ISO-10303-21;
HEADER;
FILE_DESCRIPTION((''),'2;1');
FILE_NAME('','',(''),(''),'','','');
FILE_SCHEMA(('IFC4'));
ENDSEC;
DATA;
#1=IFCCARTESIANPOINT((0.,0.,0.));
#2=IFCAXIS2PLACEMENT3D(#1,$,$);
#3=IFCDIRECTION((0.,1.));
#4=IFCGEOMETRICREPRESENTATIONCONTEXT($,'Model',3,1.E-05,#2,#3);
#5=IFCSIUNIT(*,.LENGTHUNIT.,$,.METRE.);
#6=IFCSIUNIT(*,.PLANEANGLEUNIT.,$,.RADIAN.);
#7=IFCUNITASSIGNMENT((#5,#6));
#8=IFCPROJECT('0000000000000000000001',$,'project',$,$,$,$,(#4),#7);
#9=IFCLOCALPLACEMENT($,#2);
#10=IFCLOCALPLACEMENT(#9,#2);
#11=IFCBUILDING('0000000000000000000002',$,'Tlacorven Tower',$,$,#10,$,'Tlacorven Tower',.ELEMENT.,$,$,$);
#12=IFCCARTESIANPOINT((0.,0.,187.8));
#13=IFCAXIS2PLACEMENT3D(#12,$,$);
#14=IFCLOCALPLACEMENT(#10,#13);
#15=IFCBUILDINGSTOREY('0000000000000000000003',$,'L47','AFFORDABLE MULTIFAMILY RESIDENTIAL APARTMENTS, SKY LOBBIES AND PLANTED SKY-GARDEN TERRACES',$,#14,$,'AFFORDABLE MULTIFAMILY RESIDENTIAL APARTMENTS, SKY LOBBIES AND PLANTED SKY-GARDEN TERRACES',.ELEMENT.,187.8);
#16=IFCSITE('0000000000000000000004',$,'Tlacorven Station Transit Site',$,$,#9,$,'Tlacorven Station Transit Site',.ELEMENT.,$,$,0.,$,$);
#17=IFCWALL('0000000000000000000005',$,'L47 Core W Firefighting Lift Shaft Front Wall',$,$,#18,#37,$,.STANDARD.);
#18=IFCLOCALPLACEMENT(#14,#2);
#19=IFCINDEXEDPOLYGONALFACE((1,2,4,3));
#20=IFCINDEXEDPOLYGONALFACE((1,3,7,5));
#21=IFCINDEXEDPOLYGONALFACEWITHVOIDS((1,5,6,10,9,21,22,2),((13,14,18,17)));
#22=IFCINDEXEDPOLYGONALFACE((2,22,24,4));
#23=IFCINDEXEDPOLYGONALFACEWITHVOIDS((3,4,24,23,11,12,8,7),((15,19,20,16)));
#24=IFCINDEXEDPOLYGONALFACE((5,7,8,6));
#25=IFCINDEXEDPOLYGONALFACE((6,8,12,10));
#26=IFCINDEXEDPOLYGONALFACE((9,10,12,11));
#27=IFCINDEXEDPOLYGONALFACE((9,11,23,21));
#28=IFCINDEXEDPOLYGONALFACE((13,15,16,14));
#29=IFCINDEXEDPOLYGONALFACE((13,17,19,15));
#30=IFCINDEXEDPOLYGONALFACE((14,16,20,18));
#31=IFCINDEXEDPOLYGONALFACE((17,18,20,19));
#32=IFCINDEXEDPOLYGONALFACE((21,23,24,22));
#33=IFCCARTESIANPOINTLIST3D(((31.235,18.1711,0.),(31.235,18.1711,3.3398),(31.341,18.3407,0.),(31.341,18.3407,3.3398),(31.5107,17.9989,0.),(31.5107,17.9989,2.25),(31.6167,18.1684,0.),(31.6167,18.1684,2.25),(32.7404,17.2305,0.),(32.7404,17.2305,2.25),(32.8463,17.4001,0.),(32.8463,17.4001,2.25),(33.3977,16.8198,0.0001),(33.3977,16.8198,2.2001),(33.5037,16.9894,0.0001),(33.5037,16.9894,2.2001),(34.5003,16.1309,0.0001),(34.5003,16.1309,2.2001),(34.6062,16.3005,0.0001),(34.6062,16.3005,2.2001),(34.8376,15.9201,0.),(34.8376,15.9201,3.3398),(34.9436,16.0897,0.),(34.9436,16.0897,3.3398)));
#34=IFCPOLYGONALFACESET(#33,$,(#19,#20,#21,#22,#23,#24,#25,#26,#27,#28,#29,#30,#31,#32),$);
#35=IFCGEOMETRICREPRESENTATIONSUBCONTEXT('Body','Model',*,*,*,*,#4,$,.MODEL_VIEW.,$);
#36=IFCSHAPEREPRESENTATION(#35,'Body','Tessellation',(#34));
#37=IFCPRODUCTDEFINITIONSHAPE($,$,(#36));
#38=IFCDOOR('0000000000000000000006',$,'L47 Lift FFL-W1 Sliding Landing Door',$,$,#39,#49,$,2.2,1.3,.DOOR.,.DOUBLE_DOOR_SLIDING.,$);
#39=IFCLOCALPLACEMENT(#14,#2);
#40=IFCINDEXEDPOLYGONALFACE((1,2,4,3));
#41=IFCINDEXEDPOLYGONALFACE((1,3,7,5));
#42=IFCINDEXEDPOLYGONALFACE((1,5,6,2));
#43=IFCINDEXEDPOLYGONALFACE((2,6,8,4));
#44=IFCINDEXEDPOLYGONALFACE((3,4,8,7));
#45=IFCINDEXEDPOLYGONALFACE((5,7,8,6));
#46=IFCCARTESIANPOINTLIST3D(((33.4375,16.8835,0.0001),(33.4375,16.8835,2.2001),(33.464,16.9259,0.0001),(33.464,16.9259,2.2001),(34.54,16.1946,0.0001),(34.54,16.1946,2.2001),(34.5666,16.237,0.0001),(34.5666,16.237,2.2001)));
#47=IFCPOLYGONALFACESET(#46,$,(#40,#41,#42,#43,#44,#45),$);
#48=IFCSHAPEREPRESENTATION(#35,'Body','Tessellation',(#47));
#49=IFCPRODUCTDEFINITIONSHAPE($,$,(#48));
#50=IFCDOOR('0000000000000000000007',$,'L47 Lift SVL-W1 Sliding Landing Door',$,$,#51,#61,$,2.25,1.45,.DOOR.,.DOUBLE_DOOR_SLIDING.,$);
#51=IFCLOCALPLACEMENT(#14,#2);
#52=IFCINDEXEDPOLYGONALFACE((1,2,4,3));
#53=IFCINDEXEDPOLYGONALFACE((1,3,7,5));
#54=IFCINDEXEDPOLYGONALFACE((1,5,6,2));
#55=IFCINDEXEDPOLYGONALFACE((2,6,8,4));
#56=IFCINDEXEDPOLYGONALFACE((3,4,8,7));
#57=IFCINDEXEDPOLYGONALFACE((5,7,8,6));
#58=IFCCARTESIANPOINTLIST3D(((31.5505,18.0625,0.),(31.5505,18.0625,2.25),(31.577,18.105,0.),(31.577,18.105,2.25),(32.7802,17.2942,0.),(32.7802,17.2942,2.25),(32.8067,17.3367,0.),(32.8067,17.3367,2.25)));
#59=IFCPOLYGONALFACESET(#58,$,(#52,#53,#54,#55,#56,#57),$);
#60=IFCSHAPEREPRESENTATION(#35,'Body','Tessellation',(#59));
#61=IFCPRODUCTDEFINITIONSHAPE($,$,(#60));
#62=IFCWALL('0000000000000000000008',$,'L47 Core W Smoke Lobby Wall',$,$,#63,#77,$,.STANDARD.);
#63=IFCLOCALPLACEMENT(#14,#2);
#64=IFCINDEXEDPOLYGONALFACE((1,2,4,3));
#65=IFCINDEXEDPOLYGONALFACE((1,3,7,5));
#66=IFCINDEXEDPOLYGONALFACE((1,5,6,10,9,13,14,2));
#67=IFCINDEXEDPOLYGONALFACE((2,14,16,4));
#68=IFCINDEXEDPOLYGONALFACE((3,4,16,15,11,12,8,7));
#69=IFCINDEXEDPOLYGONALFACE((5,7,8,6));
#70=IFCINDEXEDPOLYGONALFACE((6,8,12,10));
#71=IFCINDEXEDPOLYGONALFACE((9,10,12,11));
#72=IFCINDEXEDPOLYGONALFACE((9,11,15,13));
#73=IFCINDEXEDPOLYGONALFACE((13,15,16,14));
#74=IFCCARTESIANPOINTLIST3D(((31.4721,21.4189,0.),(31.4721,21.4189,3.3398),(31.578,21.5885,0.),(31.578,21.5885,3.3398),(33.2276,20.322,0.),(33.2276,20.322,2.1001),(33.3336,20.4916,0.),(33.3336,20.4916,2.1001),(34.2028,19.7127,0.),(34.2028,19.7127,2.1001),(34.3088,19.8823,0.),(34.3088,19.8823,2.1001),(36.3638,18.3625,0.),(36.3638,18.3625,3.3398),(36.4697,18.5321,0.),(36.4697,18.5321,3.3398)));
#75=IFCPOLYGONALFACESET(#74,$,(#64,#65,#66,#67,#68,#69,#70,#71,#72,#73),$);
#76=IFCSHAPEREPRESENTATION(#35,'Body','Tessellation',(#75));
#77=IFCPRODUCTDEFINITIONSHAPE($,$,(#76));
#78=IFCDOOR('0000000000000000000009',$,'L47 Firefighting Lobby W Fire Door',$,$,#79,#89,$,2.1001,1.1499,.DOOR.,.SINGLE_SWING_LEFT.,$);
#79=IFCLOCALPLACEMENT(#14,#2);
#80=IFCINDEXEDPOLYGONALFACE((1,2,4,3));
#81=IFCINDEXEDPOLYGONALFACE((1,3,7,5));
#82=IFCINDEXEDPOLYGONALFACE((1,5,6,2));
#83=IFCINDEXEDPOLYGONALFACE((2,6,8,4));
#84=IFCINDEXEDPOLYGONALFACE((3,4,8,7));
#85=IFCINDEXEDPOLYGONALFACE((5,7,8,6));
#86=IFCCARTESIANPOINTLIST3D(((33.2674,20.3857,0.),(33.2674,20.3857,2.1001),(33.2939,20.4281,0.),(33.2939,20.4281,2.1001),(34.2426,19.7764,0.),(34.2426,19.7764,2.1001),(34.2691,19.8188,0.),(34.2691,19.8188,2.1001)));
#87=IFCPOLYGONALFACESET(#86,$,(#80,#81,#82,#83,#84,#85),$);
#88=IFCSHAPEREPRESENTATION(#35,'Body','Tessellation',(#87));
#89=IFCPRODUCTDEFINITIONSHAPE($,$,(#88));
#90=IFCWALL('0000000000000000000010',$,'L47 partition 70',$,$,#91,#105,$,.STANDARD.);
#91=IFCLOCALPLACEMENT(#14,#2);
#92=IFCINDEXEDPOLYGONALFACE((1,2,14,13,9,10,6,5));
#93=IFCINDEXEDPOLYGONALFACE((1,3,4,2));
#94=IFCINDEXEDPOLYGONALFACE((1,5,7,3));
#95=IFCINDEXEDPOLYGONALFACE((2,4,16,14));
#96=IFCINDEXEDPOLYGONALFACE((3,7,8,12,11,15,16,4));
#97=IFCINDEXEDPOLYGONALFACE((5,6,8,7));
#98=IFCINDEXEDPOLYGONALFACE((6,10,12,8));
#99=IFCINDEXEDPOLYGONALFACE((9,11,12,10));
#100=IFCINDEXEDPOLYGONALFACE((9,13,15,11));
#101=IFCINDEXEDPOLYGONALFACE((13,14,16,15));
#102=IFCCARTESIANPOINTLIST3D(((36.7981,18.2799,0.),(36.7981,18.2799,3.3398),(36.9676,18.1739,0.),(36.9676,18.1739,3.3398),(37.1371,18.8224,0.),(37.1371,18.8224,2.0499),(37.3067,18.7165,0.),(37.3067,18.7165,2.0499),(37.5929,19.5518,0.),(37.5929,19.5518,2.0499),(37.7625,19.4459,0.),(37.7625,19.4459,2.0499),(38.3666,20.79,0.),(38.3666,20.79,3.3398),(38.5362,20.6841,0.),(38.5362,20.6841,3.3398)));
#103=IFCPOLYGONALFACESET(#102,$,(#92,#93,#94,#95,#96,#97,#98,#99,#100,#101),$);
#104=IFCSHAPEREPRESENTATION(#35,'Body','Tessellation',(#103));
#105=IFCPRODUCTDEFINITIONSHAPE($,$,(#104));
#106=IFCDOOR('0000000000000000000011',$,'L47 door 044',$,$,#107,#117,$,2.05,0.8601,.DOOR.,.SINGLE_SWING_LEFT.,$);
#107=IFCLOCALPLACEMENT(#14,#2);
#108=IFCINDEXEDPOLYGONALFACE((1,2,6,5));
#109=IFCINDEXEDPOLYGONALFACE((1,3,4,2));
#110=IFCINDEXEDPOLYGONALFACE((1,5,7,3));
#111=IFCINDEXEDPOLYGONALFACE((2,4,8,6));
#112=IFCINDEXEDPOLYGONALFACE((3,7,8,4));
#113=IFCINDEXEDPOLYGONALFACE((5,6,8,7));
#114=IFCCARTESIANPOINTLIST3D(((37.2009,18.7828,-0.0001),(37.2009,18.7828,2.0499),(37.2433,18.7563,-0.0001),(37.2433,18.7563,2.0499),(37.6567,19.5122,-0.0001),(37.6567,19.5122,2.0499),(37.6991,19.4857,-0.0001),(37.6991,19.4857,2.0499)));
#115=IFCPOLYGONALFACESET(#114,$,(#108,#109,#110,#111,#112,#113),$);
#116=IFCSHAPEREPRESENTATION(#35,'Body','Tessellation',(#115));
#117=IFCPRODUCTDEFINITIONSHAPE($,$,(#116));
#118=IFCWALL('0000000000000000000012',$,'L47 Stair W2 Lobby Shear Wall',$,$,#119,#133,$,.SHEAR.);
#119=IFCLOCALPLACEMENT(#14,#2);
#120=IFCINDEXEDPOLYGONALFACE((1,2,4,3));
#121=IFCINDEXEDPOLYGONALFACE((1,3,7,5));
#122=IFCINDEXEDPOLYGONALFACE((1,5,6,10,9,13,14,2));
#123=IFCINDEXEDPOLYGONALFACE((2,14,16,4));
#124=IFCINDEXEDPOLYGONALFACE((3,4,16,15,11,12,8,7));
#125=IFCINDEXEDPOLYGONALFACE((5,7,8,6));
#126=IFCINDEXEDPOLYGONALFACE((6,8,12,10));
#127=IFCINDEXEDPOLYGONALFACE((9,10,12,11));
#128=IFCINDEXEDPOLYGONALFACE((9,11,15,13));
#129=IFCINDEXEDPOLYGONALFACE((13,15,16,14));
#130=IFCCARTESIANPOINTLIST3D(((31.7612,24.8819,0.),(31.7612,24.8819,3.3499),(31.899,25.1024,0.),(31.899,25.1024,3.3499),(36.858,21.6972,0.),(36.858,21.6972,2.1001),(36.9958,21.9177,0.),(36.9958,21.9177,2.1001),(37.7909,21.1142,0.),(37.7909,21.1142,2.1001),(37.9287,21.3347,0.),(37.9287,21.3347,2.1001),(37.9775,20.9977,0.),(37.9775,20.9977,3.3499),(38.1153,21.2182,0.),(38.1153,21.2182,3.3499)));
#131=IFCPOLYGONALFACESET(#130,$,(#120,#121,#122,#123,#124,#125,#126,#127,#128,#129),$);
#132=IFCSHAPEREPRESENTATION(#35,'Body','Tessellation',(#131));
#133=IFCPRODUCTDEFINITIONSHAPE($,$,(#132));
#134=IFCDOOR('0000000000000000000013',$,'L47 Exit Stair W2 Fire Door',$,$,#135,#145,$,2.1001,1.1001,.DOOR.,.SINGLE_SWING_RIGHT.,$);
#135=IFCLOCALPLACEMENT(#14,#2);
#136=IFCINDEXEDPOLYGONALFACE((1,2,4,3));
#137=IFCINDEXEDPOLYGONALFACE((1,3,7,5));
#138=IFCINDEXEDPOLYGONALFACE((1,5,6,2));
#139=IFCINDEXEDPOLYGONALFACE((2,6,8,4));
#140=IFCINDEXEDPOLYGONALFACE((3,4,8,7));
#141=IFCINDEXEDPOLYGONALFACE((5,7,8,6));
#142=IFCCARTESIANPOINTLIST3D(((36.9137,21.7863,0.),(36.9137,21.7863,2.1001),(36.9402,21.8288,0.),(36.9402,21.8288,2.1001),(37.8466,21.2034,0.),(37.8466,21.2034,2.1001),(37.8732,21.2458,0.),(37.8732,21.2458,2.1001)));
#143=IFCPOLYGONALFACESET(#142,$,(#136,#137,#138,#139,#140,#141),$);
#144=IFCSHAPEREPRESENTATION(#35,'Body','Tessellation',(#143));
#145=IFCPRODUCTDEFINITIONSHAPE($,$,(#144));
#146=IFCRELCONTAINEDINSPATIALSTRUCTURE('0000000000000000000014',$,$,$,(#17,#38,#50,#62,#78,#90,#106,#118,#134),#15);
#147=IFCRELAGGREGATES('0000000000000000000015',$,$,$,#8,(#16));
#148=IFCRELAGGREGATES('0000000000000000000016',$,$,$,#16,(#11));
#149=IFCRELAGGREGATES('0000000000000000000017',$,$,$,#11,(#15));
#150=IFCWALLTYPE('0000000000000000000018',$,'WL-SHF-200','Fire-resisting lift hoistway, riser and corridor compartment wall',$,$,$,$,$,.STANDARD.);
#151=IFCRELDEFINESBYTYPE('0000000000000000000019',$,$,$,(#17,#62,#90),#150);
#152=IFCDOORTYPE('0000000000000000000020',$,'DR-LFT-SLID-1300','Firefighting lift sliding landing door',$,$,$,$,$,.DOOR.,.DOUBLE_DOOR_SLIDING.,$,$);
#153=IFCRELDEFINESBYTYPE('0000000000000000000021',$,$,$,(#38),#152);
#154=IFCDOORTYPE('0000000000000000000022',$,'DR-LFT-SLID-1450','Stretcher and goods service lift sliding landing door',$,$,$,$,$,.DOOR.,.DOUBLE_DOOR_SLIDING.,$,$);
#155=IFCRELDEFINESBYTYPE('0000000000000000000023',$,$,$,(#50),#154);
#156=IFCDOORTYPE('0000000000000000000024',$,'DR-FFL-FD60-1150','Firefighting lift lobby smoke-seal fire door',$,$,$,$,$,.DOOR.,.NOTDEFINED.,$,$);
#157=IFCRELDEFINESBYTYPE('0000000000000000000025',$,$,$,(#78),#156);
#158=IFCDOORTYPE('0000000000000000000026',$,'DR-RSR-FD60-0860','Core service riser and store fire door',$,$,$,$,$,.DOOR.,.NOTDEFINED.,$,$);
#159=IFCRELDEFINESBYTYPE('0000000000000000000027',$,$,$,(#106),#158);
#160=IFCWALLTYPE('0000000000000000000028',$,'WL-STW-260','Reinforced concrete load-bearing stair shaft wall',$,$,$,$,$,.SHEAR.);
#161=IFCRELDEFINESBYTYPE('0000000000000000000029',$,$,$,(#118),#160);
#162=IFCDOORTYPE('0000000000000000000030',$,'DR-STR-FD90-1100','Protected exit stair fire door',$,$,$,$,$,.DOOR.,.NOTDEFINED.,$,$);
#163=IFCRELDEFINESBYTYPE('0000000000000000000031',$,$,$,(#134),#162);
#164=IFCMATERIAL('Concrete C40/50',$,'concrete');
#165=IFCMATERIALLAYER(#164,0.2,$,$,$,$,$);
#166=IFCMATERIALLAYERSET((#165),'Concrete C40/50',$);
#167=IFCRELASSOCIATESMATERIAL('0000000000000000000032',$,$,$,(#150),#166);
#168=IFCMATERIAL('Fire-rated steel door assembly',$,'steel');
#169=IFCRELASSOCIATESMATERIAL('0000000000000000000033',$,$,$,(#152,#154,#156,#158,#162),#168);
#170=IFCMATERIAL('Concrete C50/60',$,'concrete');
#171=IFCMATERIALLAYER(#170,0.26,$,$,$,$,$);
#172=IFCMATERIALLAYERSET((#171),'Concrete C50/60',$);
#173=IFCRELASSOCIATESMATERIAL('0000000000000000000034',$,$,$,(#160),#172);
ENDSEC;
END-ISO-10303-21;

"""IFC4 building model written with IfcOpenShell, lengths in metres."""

from ifc_helpers import new_model, si_unit, direction, frame, frame_2d, origin, place, context, subcontext, project, spatial, rectangle, extrude, source, transform, mapped, material, layer, layer_set, type_object, element, fill, save


model = new_model("IFC4")

# Units and contexts
model_context = context("Model", 3, precision=1e-05, world=origin(), true_north=direction((0.0, 1.0)))
body_context = subcontext(model_context, "Body", "Model", "MODEL_VIEW")
ifc_project = project(units=[si_unit("LENGTHUNIT", "METRE"), si_unit("PLANEANGLEUNIT", "RADIAN")], contexts=[model_context])

# Site, building, storey
site_placement = place(None, origin())
site = spatial("IfcSite", under=ifc_project, at=site_placement, Name="Tlacorven Station Transit Site", LongName="Tlacorven Station Transit Site", CompositionType="ELEMENT", RefElevation=0.0)
building_placement = place(site_placement, origin())
building = spatial("IfcBuilding", under=site, at=building_placement, Name="Tlacorven Tower", LongName="Tlacorven Tower", CompositionType="ELEMENT")
storey_placement = place(building_placement, frame((0.0, 0.0, 187.8)))
storey = spatial("IfcBuildingStorey", under=building, at=storey_placement, Name="L47", Description="AFFORDABLE MULTIFAMILY RESIDENTIAL APARTMENTS, SKY LOBBIES AND PLANTED SKY-GARDEN TERRACES", LongName="AFFORDABLE MULTIFAMILY RESIDENTIAL APARTMENTS, SKY LOBBIES AND PLANTED SKY-GARDEN TERRACES", CompositionType="ELEMENT", Elevation=187.8)

# Shared definitions
ifc_material_1 = material(Name="Fire-rated steel door assembly", Category="steel")

# Wall, openings, doors
ifc_material_2 = material(Name="Concrete C40/50", Category="concrete")
ifc_layer_1 = layer(ifc_material_2, 0.2)
ifc_layer_set_1 = layer_set([ifc_layer_1], Name="Concrete C40/50")
wall_type_1 = type_object("IfcWallType", Name="WL-SHF-200", Description="Fire-resisting lift hoistway, riser and corridor compartment wall", PredefinedType="STANDARD", material=ifc_layer_set_1)
wall_1_placement = place(storey_placement, frame((34.8906, 16.0049, 0.0), z_axis=(0.0, 0.0, 1.0), x_axis=(-0.848063, 0.529896, 0.0)))
wall_1 = element("IfcWall", 1, at=wall_1_placement, inside=storey, type_object=wall_type_1, Name="L47 Core W Firefighting Lift Shaft Front Wall", PredefinedType="STANDARD", context=body_context, shape_type="SweptSolid", body=[
    extrude(rectangle(XDim=4.248, YDim=0.2, at=frame_2d((2.124, 0.0))), origin(), (0.0, 0.0, 1.0), 3.3398),
])
opening_1_placement = place(wall_1_placement, frame((0.3979, 0.0, 0.0)))
opening_1 = element("IfcOpeningElement", 2, at=opening_1_placement, cuts=wall_1, PredefinedType="OPENING", context=body_context, shape_type="SweptSolid", body=[
    extrude(rectangle(XDim=1.3, YDim=2.2, at=frame_2d((0.6499, 1.1001))), frame((0.0, 0.1099, 0.0), z_axis=(0.0, -1.0, 0.0), x_axis=(1.0, 0.0, 0.0)), (0.0, 0.0, 1.0), 0.22),
])
opening_2_placement = place(wall_1_placement, frame((2.4729, 0.0, 0.0)))
opening_2 = element("IfcOpeningElement", 3, at=opening_2_placement, cuts=wall_1, PredefinedType="OPENING", context=body_context, shape_type="SweptSolid", body=[
    extrude(rectangle(XDim=1.45, YDim=2.25, at=frame_2d((0.7251, 1.125))), frame((0.0, 0.1099, 0.0), z_axis=(0.0, -1.0, 0.0), x_axis=(1.0, 0.0, 0.0)), (0.0, 0.0, 1.0), 0.22),
])
door_type_1 = type_object("IfcDoorType", Name="DR-LFT-SLID-1300", Description="Firefighting lift sliding landing door", OperationType="DOUBLE_DOOR_SLIDING", PredefinedType="DOOR", material=ifc_material_1)
shared_shape_1 = source(origin(), body_context, "Body", "SweptSolid", [
    extrude(rectangle(XDim=1.3, YDim=2.2, at=frame_2d((0.6499, 1.1001))), frame((0.0, 0.0249, 0.0), z_axis=(0.0, -1.0, 0.0), x_axis=(1.0, 0.0, 0.0)), (0.0, 0.0, 1.0), 0.05),
])
door_1_placement = place(opening_1_placement, origin())
door_1 = element("IfcDoor", 4, at=door_1_placement, inside=storey, type_object=door_type_1, Name="L47 Lift FFL-W1 Sliding Landing Door", OperationType="DOUBLE_DOOR_SLIDING", OverallHeight=2.2, OverallWidth=1.3, PredefinedType="DOOR", context=body_context, shape_type="MappedRepresentation", body=[
    mapped(shared_shape_1, transform((0.0, 0.0, 0.0), scale=1.0)),
])
fill(opening_1, door_1)
door_type_2 = type_object("IfcDoorType", Name="DR-LFT-SLID-1450", Description="Stretcher and goods service lift sliding landing door", OperationType="DOUBLE_DOOR_SLIDING", PredefinedType="DOOR", material=ifc_material_1)
shared_shape_2 = source(origin(), body_context, "Body", "SweptSolid", [
    extrude(rectangle(XDim=1.45, YDim=2.25, at=frame_2d((0.7251, 1.125))), frame((0.0, 0.0249, 0.0), z_axis=(0.0, -1.0, 0.0), x_axis=(1.0, 0.0, 0.0)), (0.0, 0.0, 1.0), 0.05),
])
door_2_placement = place(opening_2_placement, origin())
door_2 = element("IfcDoor", 5, at=door_2_placement, inside=storey, type_object=door_type_2, Name="L47 Lift SVL-W1 Sliding Landing Door", OperationType="DOUBLE_DOOR_SLIDING", OverallHeight=2.25, OverallWidth=1.45, PredefinedType="DOOR", context=body_context, shape_type="MappedRepresentation", body=[
    mapped(shared_shape_2, transform((0.0, 0.0, 0.0), scale=1.0)),
])
fill(opening_2, door_2)

# Walls, openings, doors
wall_2_placement = place(storey_placement, frame((36.4167, 18.4473, 0.0), z_axis=(0.0, 0.0, 1.0), x_axis=(-0.848065, 0.529892, 0.0)))
wall_2 = element("IfcWall", 6, at=wall_2_placement, inside=storey, type_object=wall_type_1, Name="L47 Core W Smoke Lobby Wall", PredefinedType="STANDARD", context=body_context, shape_type="SweptSolid", body=[
    extrude(rectangle(XDim=5.7681, YDim=0.2, at=frame_2d((2.884, 0.0))), origin(), (0.0, 0.0, 1.0), 3.3398),
])
opening_3_placement = place(wall_2_placement, frame((2.5481, 0.0, 0.0)))
opening_3 = element("IfcOpeningElement", 7, at=opening_3_placement, cuts=wall_2, PredefinedType="OPENING", context=body_context, shape_type="SweptSolid", body=[
    extrude(rectangle(XDim=1.1499, YDim=2.1001, at=frame_2d((0.575, 1.05))), frame((0.0, 0.1099, 0.0), z_axis=(0.0, -1.0, 0.0), x_axis=(1.0, 0.0, 0.0)), (0.0, 0.0, 1.0), 0.22),
])
door_type_3 = type_object("IfcDoorType", Name="DR-FFL-FD60-1150", Description="Firefighting lift lobby smoke-seal fire door", OperationType="NOTDEFINED", PredefinedType="DOOR", material=ifc_material_1)
shared_shape_3 = source(origin(), body_context, "Body", "SweptSolid", [
    extrude(rectangle(XDim=1.1499, YDim=2.1001, at=frame_2d((0.575, 1.05))), frame((0.0, 0.0249, 0.0), z_axis=(0.0, -1.0, 0.0), x_axis=(1.0, 0.0, 0.0)), (0.0, 0.0, 1.0), 0.05),
])
door_3_placement = place(opening_3_placement, origin())
door_3 = element("IfcDoor", 8, at=door_3_placement, inside=storey, type_object=door_type_3, Name="L47 Firefighting Lobby W Fire Door", OperationType="SINGLE_SWING_LEFT", OverallHeight=2.1001, OverallWidth=1.1499, PredefinedType="DOOR", context=body_context, shape_type="MappedRepresentation", body=[
    mapped(shared_shape_3, transform((0.0, 0.0, 0.0), scale=1.0)),
])
fill(opening_3, door_3)
wall_3_placement = place(storey_placement, frame((38.4514, 20.7371, 0.0), z_axis=(0.0, 0.0, 1.0), x_axis=(-0.529925, -0.848045, 0.0)))
wall_3 = element("IfcWall", 9, at=wall_3_placement, inside=storey, type_object=wall_type_1, Name="L47 partition 70", PredefinedType="STANDARD", context=body_context, shape_type="SweptSolid", body=[
    extrude(rectangle(XDim=2.96, YDim=0.2, at=frame_2d((1.48, 0.0))), origin(), (0.0, 0.0, 1.0), 3.3398),
])
opening_4_placement = place(wall_3_placement, frame((1.46, 0.0, 0.0)))
opening_4 = element("IfcOpeningElement", 10, at=opening_4_placement, cuts=wall_3, PredefinedType="OPENING", context=body_context, shape_type="SweptSolid", body=[
    extrude(rectangle(XDim=0.8601, YDim=2.05, at=frame_2d((0.4302, 1.0249))), frame((0.0, 0.1099, 0.0), z_axis=(0.0, -1.0, 0.0), x_axis=(1.0, 0.0, 0.0)), (0.0, 0.0, 1.0), 0.22),
])
door_type_4 = type_object("IfcDoorType", Name="DR-RSR-FD60-0860", Description="Core service riser and store fire door", OperationType="NOTDEFINED", PredefinedType="DOOR", material=ifc_material_1)
shared_shape_4 = source(origin(), body_context, "Body", "SweptSolid", [
    extrude(rectangle(XDim=0.8601, YDim=2.05, at=frame_2d((0.4302, 1.0249))), frame((0.0, 0.0249, 0.0), z_axis=(0.0, -1.0, 0.0), x_axis=(1.0, 0.0, 0.0)), (0.0, 0.0, 1.0), 0.05),
])
door_4_placement = place(opening_4_placement, frame((0.8601, 0.0, 0.0), z_axis=(0.0, 0.0, 1.0), x_axis=(-1.0, 0.0, 0.0)))
door_4 = element("IfcDoor", 11, at=door_4_placement, inside=storey, type_object=door_type_4, Name="L47 door 044", OperationType="SINGLE_SWING_LEFT", OverallHeight=2.05, OverallWidth=0.8601, PredefinedType="DOOR", context=body_context, shape_type="MappedRepresentation", body=[
    mapped(shared_shape_4, transform((0.0, 0.0, 0.0), scale=1.0)),
])
fill(opening_4, door_4)
ifc_material_3 = material(Name="Concrete C50/60", Category="concrete")
ifc_layer_2 = layer(ifc_material_3, 0.26)
ifc_layer_set_2 = layer_set([ifc_layer_2], Name="Concrete C50/60")
wall_type_2 = type_object("IfcWallType", Name="WL-STW-260", Description="Reinforced concrete load-bearing stair shaft wall", PredefinedType="SHEAR", material=ifc_layer_set_2)
wall_4_placement = place(storey_placement, frame((38.0464, 21.1079, 0.0), z_axis=(0.0, 0.0, 1.0), x_axis=(-0.848054, 0.529909, 0.0)))
wall_4 = element("IfcWall", 12, at=wall_4_placement, inside=storey, type_object=wall_type_2, Name="L47 Stair W2 Lobby Shear Wall", PredefinedType="SHEAR", context=body_context, shape_type="SweptSolid", body=[
    extrude(rectangle(XDim=7.3301, YDim=0.26, at=frame_2d((3.665, 0.0))), origin(), (0.0, 0.0, 1.0), 3.3499),
])
opening_5_placement = place(wall_4_placement, frame((0.22, 0.0, 0.0)))
opening_5 = element("IfcOpeningElement", 13, at=opening_5_placement, cuts=wall_4, PredefinedType="OPENING", context=body_context, shape_type="SweptSolid", body=[
    extrude(rectangle(XDim=1.1001, YDim=2.1001, at=frame_2d((0.55, 1.05))), frame((0.0, 0.1401, 0.0), z_axis=(0.0, -1.0, 0.0), x_axis=(1.0, 0.0, 0.0)), (0.0, 0.0, 1.0), 0.28),
])
door_type_5 = type_object("IfcDoorType", Name="DR-STR-FD90-1100", Description="Protected exit stair fire door", OperationType="NOTDEFINED", PredefinedType="DOOR", material=ifc_material_1)
shared_shape_5 = source(origin(), body_context, "Body", "SweptSolid", [
    extrude(rectangle(XDim=1.1001, YDim=2.1001, at=frame_2d((0.55, 1.05))), frame((0.0, 0.0249, 0.0), z_axis=(0.0, -1.0, 0.0), x_axis=(1.0, 0.0, 0.0)), (0.0, 0.0, 1.0), 0.05),
])
door_5_placement = place(opening_5_placement, origin())
door_5 = element("IfcDoor", 14, at=door_5_placement, inside=storey, type_object=door_type_5, Name="L47 Exit Stair W2 Fire Door", OperationType="SINGLE_SWING_RIGHT", OverallHeight=2.1001, OverallWidth=1.1001, PredefinedType="DOOR", context=body_context, shape_type="MappedRepresentation", body=[
    mapped(shared_shape_5, transform((0.0, 0.0, 0.0), scale=1.0)),
])
fill(opening_5, door_5)

save(model, "model.ifc")
